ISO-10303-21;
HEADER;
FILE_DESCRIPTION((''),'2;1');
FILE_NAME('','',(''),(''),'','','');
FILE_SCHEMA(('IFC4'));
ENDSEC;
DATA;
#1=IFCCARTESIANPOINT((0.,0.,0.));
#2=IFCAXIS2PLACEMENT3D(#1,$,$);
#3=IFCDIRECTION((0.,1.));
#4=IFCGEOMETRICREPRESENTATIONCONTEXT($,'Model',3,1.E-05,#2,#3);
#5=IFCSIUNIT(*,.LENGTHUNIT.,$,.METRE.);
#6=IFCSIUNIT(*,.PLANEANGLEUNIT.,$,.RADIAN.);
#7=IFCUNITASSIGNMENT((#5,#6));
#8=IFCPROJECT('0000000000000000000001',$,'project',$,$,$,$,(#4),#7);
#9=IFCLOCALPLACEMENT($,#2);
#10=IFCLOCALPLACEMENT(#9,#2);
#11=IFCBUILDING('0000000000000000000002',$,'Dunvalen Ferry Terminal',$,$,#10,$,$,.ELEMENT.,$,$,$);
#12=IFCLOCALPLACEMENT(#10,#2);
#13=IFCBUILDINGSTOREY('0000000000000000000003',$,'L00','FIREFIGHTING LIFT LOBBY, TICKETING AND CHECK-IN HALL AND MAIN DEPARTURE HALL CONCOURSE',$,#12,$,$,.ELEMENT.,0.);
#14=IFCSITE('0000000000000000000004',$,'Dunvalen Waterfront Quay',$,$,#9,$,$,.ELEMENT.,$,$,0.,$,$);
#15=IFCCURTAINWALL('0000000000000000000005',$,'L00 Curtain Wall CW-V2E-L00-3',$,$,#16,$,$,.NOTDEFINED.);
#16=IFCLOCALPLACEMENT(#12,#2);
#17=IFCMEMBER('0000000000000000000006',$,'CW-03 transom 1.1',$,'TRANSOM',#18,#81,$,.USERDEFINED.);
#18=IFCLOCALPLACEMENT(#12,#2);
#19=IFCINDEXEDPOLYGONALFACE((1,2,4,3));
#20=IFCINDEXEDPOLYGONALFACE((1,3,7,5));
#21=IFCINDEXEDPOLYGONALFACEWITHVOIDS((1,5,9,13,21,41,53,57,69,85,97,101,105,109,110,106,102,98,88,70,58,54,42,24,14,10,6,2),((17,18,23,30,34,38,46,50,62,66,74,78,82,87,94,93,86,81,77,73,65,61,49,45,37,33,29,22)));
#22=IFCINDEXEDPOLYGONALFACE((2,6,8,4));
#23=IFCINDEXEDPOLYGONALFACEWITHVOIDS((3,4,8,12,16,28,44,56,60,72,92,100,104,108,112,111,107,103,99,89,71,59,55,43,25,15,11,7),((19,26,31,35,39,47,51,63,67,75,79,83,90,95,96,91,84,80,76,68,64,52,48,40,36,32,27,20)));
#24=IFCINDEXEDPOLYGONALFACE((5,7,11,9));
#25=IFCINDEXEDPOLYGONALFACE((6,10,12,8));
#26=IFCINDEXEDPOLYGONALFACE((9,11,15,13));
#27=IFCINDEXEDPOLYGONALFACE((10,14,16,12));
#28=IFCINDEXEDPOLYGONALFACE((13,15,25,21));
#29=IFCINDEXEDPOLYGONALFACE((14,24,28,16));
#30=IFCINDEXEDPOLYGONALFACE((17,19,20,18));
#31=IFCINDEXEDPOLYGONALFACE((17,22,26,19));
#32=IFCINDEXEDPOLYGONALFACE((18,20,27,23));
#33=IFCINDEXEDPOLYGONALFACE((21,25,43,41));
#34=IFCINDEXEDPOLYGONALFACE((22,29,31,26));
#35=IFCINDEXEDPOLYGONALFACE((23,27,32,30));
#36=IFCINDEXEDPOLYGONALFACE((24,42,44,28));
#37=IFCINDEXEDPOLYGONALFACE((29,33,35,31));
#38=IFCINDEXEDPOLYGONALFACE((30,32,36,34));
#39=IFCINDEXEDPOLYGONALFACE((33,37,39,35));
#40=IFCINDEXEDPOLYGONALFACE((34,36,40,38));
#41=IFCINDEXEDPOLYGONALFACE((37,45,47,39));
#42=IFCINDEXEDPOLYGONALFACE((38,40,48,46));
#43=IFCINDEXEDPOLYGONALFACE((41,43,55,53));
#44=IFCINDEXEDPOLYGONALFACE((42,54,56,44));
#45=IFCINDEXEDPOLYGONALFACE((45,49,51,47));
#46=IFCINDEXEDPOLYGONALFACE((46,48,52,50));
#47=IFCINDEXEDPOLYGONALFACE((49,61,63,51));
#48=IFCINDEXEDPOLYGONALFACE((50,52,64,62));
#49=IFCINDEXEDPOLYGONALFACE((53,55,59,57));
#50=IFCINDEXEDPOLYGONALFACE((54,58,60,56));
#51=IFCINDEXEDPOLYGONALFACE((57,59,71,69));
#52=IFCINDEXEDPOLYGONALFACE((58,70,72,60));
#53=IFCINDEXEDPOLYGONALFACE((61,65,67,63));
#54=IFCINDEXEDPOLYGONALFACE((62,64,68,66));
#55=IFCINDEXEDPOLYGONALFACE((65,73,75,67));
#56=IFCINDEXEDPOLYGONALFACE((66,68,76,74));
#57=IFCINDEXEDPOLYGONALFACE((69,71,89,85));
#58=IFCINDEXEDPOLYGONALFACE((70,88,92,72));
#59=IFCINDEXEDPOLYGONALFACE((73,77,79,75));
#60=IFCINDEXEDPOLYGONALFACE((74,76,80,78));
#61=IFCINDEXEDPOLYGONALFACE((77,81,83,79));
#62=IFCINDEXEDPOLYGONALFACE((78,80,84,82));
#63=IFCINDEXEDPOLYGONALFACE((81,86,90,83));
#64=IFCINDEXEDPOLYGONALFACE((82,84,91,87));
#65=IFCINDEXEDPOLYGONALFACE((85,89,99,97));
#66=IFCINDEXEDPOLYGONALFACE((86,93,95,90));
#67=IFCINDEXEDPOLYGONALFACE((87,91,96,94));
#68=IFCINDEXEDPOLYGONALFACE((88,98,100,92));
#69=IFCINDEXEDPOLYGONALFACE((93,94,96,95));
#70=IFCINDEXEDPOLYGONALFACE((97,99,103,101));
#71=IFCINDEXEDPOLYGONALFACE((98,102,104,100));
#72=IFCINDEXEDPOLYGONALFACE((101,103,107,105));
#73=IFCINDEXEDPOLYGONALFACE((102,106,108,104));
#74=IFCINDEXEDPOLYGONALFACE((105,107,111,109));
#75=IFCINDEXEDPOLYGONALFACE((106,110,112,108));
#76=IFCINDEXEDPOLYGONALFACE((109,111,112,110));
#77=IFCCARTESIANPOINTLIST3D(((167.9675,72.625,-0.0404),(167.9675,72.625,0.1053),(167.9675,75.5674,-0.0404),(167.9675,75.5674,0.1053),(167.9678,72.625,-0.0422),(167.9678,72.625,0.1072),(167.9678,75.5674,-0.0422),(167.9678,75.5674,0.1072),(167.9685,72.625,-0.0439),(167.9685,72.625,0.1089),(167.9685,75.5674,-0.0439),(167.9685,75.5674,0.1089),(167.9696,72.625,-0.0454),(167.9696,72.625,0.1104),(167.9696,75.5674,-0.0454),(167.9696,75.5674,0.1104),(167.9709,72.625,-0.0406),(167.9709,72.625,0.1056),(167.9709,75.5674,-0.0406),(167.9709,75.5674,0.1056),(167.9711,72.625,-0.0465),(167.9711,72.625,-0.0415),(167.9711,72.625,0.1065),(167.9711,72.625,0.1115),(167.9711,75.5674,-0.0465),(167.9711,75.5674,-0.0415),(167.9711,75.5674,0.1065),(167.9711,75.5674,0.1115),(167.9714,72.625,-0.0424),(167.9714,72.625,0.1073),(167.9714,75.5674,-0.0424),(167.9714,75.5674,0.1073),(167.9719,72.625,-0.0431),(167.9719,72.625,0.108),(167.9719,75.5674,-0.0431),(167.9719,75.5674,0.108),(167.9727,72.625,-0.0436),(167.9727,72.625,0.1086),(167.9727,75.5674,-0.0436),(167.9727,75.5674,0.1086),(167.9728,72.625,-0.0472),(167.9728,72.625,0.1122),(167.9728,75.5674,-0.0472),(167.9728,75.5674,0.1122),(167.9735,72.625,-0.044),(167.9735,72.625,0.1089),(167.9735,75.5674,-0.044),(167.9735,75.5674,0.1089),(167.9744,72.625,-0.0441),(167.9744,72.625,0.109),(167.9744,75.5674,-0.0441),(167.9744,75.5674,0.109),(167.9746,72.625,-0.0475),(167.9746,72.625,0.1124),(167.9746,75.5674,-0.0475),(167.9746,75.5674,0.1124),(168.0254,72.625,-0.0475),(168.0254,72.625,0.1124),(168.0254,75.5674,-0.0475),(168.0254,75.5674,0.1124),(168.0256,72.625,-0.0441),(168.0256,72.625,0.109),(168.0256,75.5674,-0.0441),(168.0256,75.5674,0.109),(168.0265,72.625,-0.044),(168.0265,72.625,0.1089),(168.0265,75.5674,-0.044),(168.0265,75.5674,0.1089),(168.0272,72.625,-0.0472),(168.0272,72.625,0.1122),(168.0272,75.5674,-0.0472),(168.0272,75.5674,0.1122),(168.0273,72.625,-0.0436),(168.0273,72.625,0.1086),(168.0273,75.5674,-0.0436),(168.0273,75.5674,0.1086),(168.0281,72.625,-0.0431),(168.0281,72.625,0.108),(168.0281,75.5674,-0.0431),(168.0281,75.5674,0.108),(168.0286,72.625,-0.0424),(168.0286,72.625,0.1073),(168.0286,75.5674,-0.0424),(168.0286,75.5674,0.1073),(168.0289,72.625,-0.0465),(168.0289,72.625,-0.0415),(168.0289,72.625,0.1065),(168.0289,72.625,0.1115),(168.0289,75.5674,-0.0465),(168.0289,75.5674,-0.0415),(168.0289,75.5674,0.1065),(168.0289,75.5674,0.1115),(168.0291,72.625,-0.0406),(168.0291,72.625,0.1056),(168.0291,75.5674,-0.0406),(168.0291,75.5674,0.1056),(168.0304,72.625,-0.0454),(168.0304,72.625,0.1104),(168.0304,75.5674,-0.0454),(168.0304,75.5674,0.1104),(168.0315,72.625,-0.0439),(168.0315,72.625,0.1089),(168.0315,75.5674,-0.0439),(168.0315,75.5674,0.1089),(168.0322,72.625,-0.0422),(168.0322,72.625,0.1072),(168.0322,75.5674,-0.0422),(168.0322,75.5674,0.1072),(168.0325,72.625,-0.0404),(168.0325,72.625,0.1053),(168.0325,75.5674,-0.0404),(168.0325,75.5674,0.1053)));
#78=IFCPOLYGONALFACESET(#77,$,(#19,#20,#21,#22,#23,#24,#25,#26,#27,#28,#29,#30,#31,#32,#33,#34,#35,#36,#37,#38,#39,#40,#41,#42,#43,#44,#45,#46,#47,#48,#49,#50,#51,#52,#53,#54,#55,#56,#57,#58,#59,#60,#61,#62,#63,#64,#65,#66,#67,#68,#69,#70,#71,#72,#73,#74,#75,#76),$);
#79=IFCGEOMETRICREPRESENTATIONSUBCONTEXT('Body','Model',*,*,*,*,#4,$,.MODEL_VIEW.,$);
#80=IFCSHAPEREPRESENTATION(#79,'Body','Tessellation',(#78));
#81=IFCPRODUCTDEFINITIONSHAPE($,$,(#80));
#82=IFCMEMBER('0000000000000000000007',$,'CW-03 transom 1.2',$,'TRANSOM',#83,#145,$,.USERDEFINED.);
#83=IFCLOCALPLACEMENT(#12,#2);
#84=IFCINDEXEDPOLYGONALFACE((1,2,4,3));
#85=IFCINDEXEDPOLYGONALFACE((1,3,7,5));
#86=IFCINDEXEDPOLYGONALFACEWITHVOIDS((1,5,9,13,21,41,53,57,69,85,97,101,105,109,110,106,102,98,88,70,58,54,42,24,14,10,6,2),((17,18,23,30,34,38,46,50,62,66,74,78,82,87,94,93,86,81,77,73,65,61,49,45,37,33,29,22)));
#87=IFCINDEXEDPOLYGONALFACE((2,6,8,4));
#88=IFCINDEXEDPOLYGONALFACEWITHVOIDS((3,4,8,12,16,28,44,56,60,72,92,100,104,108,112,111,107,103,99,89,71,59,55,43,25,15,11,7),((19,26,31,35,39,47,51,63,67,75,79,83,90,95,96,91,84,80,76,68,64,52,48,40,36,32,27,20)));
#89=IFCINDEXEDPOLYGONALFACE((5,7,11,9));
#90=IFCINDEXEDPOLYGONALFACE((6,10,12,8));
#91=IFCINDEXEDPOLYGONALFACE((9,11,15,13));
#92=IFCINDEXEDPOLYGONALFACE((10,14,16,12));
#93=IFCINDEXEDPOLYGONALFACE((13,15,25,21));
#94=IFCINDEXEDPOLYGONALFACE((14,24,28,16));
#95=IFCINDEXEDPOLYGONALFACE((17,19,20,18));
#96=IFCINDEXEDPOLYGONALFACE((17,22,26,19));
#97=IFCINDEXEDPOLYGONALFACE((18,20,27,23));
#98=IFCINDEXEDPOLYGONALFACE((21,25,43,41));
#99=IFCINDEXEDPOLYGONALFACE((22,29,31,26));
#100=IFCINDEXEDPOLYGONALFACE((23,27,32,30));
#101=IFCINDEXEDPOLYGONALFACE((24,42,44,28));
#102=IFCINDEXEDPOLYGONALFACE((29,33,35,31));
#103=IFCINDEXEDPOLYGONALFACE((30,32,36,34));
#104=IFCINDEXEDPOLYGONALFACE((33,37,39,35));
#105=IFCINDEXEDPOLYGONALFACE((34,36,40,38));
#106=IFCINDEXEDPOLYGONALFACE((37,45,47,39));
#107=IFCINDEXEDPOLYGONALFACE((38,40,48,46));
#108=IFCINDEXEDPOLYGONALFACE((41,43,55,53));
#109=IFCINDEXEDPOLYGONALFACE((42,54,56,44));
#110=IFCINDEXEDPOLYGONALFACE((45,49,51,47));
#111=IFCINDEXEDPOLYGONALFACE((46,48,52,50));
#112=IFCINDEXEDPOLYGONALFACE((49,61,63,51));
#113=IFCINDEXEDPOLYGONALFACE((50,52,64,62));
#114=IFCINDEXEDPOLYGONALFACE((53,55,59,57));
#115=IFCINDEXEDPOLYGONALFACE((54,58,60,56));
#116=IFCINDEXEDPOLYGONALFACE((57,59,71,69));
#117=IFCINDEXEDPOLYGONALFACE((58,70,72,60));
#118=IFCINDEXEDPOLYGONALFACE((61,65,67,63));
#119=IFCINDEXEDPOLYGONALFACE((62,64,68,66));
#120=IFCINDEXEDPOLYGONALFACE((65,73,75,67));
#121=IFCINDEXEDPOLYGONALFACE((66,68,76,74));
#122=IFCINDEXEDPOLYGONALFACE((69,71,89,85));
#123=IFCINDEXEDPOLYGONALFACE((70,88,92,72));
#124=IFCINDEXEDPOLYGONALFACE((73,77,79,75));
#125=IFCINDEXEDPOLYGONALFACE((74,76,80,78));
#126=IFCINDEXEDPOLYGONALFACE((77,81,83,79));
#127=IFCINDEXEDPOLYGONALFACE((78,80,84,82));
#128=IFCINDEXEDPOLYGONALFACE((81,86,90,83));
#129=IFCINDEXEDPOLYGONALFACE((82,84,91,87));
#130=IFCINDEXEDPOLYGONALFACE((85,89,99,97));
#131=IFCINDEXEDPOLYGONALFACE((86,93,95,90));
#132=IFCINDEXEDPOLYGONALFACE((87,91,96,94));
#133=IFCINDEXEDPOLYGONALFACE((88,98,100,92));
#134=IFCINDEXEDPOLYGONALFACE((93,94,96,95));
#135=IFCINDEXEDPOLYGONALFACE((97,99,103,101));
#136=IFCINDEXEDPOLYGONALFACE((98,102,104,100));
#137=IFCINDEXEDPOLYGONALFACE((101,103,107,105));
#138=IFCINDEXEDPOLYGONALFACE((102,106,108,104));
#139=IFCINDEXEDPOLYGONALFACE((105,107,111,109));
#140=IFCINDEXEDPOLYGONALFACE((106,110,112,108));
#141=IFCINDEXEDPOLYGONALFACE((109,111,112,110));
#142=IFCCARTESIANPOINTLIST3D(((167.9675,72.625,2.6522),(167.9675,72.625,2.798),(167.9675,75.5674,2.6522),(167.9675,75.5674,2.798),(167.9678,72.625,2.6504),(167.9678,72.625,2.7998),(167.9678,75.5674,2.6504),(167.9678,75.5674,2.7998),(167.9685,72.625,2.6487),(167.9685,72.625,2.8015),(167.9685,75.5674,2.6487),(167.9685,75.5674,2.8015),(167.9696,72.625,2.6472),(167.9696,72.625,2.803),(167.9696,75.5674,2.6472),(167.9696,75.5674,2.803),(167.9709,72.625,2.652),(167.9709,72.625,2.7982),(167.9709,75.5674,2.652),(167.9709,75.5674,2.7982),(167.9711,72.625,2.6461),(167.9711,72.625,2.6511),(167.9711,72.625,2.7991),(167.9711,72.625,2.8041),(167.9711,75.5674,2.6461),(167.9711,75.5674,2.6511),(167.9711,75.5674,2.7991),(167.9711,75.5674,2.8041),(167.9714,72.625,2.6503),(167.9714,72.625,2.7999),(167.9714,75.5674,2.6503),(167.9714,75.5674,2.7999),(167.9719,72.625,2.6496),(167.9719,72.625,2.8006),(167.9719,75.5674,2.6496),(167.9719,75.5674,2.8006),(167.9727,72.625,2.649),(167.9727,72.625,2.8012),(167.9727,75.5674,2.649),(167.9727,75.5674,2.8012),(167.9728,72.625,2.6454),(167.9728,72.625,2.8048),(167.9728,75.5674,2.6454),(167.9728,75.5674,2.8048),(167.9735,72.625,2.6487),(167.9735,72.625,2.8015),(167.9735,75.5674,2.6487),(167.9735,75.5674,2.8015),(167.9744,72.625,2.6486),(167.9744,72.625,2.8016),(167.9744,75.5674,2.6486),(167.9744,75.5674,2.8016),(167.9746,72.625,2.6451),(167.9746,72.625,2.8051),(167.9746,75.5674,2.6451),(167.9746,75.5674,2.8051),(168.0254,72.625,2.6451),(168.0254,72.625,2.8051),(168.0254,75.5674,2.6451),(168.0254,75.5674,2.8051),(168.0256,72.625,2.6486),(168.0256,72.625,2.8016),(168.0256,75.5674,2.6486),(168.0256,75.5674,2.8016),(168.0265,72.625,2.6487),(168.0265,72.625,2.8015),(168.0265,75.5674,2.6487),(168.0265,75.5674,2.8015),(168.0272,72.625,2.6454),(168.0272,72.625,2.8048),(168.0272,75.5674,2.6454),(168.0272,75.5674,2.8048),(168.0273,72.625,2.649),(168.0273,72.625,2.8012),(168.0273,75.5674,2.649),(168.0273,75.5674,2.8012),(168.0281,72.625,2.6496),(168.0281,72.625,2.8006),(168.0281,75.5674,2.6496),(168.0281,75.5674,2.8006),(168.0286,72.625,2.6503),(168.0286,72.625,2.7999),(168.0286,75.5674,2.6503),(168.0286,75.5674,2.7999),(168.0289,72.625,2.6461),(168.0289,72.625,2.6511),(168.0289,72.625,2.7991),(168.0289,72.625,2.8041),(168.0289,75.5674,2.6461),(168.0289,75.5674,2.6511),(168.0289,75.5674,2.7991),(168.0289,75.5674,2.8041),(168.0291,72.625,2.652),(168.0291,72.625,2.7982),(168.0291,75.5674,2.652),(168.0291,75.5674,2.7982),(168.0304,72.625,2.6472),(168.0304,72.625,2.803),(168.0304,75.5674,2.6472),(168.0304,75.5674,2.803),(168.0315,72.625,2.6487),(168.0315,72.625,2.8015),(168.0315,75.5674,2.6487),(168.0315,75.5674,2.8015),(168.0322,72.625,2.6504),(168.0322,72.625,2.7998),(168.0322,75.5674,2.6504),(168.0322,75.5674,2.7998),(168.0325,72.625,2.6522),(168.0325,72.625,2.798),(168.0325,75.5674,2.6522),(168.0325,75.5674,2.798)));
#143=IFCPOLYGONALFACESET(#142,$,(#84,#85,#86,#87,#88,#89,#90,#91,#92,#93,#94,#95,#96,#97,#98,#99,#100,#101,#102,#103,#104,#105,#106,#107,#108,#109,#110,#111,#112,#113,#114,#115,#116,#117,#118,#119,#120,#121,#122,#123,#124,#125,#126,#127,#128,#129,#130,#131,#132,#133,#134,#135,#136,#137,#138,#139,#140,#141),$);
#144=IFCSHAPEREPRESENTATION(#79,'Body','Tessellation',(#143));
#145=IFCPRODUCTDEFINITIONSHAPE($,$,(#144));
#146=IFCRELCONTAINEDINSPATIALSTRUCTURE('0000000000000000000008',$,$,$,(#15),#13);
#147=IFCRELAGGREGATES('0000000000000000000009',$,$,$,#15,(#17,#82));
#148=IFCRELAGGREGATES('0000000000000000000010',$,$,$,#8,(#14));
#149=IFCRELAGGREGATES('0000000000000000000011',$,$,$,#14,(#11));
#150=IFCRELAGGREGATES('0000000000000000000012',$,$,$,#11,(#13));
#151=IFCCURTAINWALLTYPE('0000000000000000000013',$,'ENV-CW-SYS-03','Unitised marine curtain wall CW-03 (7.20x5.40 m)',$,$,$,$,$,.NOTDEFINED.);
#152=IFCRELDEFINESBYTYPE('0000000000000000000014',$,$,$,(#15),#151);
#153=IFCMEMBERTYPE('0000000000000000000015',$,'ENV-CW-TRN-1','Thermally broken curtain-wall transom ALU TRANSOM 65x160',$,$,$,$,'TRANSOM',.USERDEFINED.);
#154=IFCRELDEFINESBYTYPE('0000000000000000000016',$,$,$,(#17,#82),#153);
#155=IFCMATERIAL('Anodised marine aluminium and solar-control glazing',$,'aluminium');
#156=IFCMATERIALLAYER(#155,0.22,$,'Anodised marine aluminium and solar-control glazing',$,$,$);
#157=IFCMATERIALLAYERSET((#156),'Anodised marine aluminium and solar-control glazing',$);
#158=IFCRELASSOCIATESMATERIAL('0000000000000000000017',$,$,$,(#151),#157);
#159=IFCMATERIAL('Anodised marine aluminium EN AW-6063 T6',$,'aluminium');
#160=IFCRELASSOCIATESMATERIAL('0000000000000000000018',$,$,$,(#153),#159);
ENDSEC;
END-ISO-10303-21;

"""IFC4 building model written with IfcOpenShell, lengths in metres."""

from ifc_helpers import new_model, si_unit, direction, frame, origin, origin_2d, place, context, subcontext, project, spatial, hollow_rectangle, extrude, material, layer, layer_set, material_profile, profile_set, type_object, element, aggregate, save


model = new_model("IFC4")

# Units and contexts
model_context = context("Model", 3, precision=1e-05, world=origin(), true_north=direction((0.0, 1.0)))
body_context = subcontext(model_context, "Body", "Model", "MODEL_VIEW")
ifc_project = project(units=[si_unit("LENGTHUNIT", "METRE"), si_unit("PLANEANGLEUNIT", "RADIAN")], contexts=[model_context])

# Site, building, storey
site_placement = place(None, origin())
site = spatial("IfcSite", under=ifc_project, at=site_placement, Name="Dunvalen Waterfront Quay", CompositionType="ELEMENT", RefElevation=0.0)
building_placement = place(site_placement, origin())
building = spatial("IfcBuilding", under=site, at=building_placement, Name="Dunvalen Ferry Terminal", CompositionType="ELEMENT")
storey_placement = place(building_placement, origin())
storey = spatial("IfcBuildingStorey", under=building, at=storey_placement, Name="L00", Description="FIREFIGHTING LIFT LOBBY, TICKETING AND CHECK-IN HALL AND MAIN DEPARTURE HALL CONCOURSE", CompositionType="ELEMENT", Elevation=0.0)

# Curtain wall, members
ifc_material_1 = material(Name="Anodised marine aluminium and solar-control glazing", Category="aluminium")
ifc_layer_1 = layer(ifc_material_1, 0.22, Name="Anodised marine aluminium and solar-control glazing")
ifc_layer_set_1 = layer_set([ifc_layer_1], Name="Anodised marine aluminium and solar-control glazing")
curtain_wall_type = type_object("IfcCurtainWallType", Name="ENV-CW-SYS-03", Description="Unitised marine curtain wall CW-03 (7.20x5.40 m)", PredefinedType="NOTDEFINED", material=ifc_layer_set_1)
curtain_wall_placement = place(storey_placement, origin())
curtain_wall = element("IfcCurtainWall", 1, at=curtain_wall_placement, inside=storey, type_object=curtain_wall_type, Name="L00 Curtain Wall CW-V2E-L00-3", PredefinedType="NOTDEFINED")
ifc_material_2 = material(Name="Anodised marine aluminium EN AW-6063 T6", Category="aluminium")
ifc_material_profile_1 = material_profile(ifc_material_2, hollow_rectangle(XDim=0.0649, YDim=0.1599, WallThickness=0.0034, InnerFilletRadius=0.0034, OuterFilletRadius=0.0071, at=origin_2d()), Name="Anodised marine aluminium EN AW-6063 T6")
ifc_profile_set_1 = profile_set([ifc_material_profile_1], Name="Anodised marine aluminium EN AW-6063 T6")
member_type = type_object("IfcMemberType", Name="ENV-CW-TRN-1", Description="Thermally broken curtain-wall transom ALU TRANSOM 65x160", ElementType="TRANSOM", PredefinedType="USERDEFINED", material=ifc_profile_set_1)
member_1_placement = place(storey_placement, frame((168.0, 72.625, 0.0325), z_axis=(0.0, 1.0, 0.0), x_axis=(-1.0, 0.0, 0.0)))
member_1 = element("IfcMember", 2, at=member_1_placement, type_object=member_type, Name="CW-03 transom 1.1", ObjectType="TRANSOM", PredefinedType="USERDEFINED", context=body_context, shape_type="SweptSolid", body=[
    extrude(hollow_rectangle(XDim=0.0649, YDim=0.1599, WallThickness=0.0034, InnerFilletRadius=0.0034, OuterFilletRadius=0.0071, at=origin_2d()), origin(), (0.0, 0.0, 1.0), 2.9424),
])
member_2_placement = place(storey_placement, frame((168.0, 72.625, 2.7251), z_axis=(0.0, 1.0, 0.0), x_axis=(-1.0, 0.0, 0.0)))
member_2 = element("IfcMember", 3, at=member_2_placement, type_object=member_type, Name="CW-03 transom 1.2", ObjectType="TRANSOM", PredefinedType="USERDEFINED", context=body_context, shape_type="SweptSolid", body=[
    extrude(hollow_rectangle(XDim=0.0649, YDim=0.1599, WallThickness=0.0034, InnerFilletRadius=0.0034, OuterFilletRadius=0.0071, at=origin_2d()), origin(), (0.0, 0.0, 1.0), 2.9424),
])
aggregate(curtain_wall, [member_1, member_2])

save(model, "model.ifc")
